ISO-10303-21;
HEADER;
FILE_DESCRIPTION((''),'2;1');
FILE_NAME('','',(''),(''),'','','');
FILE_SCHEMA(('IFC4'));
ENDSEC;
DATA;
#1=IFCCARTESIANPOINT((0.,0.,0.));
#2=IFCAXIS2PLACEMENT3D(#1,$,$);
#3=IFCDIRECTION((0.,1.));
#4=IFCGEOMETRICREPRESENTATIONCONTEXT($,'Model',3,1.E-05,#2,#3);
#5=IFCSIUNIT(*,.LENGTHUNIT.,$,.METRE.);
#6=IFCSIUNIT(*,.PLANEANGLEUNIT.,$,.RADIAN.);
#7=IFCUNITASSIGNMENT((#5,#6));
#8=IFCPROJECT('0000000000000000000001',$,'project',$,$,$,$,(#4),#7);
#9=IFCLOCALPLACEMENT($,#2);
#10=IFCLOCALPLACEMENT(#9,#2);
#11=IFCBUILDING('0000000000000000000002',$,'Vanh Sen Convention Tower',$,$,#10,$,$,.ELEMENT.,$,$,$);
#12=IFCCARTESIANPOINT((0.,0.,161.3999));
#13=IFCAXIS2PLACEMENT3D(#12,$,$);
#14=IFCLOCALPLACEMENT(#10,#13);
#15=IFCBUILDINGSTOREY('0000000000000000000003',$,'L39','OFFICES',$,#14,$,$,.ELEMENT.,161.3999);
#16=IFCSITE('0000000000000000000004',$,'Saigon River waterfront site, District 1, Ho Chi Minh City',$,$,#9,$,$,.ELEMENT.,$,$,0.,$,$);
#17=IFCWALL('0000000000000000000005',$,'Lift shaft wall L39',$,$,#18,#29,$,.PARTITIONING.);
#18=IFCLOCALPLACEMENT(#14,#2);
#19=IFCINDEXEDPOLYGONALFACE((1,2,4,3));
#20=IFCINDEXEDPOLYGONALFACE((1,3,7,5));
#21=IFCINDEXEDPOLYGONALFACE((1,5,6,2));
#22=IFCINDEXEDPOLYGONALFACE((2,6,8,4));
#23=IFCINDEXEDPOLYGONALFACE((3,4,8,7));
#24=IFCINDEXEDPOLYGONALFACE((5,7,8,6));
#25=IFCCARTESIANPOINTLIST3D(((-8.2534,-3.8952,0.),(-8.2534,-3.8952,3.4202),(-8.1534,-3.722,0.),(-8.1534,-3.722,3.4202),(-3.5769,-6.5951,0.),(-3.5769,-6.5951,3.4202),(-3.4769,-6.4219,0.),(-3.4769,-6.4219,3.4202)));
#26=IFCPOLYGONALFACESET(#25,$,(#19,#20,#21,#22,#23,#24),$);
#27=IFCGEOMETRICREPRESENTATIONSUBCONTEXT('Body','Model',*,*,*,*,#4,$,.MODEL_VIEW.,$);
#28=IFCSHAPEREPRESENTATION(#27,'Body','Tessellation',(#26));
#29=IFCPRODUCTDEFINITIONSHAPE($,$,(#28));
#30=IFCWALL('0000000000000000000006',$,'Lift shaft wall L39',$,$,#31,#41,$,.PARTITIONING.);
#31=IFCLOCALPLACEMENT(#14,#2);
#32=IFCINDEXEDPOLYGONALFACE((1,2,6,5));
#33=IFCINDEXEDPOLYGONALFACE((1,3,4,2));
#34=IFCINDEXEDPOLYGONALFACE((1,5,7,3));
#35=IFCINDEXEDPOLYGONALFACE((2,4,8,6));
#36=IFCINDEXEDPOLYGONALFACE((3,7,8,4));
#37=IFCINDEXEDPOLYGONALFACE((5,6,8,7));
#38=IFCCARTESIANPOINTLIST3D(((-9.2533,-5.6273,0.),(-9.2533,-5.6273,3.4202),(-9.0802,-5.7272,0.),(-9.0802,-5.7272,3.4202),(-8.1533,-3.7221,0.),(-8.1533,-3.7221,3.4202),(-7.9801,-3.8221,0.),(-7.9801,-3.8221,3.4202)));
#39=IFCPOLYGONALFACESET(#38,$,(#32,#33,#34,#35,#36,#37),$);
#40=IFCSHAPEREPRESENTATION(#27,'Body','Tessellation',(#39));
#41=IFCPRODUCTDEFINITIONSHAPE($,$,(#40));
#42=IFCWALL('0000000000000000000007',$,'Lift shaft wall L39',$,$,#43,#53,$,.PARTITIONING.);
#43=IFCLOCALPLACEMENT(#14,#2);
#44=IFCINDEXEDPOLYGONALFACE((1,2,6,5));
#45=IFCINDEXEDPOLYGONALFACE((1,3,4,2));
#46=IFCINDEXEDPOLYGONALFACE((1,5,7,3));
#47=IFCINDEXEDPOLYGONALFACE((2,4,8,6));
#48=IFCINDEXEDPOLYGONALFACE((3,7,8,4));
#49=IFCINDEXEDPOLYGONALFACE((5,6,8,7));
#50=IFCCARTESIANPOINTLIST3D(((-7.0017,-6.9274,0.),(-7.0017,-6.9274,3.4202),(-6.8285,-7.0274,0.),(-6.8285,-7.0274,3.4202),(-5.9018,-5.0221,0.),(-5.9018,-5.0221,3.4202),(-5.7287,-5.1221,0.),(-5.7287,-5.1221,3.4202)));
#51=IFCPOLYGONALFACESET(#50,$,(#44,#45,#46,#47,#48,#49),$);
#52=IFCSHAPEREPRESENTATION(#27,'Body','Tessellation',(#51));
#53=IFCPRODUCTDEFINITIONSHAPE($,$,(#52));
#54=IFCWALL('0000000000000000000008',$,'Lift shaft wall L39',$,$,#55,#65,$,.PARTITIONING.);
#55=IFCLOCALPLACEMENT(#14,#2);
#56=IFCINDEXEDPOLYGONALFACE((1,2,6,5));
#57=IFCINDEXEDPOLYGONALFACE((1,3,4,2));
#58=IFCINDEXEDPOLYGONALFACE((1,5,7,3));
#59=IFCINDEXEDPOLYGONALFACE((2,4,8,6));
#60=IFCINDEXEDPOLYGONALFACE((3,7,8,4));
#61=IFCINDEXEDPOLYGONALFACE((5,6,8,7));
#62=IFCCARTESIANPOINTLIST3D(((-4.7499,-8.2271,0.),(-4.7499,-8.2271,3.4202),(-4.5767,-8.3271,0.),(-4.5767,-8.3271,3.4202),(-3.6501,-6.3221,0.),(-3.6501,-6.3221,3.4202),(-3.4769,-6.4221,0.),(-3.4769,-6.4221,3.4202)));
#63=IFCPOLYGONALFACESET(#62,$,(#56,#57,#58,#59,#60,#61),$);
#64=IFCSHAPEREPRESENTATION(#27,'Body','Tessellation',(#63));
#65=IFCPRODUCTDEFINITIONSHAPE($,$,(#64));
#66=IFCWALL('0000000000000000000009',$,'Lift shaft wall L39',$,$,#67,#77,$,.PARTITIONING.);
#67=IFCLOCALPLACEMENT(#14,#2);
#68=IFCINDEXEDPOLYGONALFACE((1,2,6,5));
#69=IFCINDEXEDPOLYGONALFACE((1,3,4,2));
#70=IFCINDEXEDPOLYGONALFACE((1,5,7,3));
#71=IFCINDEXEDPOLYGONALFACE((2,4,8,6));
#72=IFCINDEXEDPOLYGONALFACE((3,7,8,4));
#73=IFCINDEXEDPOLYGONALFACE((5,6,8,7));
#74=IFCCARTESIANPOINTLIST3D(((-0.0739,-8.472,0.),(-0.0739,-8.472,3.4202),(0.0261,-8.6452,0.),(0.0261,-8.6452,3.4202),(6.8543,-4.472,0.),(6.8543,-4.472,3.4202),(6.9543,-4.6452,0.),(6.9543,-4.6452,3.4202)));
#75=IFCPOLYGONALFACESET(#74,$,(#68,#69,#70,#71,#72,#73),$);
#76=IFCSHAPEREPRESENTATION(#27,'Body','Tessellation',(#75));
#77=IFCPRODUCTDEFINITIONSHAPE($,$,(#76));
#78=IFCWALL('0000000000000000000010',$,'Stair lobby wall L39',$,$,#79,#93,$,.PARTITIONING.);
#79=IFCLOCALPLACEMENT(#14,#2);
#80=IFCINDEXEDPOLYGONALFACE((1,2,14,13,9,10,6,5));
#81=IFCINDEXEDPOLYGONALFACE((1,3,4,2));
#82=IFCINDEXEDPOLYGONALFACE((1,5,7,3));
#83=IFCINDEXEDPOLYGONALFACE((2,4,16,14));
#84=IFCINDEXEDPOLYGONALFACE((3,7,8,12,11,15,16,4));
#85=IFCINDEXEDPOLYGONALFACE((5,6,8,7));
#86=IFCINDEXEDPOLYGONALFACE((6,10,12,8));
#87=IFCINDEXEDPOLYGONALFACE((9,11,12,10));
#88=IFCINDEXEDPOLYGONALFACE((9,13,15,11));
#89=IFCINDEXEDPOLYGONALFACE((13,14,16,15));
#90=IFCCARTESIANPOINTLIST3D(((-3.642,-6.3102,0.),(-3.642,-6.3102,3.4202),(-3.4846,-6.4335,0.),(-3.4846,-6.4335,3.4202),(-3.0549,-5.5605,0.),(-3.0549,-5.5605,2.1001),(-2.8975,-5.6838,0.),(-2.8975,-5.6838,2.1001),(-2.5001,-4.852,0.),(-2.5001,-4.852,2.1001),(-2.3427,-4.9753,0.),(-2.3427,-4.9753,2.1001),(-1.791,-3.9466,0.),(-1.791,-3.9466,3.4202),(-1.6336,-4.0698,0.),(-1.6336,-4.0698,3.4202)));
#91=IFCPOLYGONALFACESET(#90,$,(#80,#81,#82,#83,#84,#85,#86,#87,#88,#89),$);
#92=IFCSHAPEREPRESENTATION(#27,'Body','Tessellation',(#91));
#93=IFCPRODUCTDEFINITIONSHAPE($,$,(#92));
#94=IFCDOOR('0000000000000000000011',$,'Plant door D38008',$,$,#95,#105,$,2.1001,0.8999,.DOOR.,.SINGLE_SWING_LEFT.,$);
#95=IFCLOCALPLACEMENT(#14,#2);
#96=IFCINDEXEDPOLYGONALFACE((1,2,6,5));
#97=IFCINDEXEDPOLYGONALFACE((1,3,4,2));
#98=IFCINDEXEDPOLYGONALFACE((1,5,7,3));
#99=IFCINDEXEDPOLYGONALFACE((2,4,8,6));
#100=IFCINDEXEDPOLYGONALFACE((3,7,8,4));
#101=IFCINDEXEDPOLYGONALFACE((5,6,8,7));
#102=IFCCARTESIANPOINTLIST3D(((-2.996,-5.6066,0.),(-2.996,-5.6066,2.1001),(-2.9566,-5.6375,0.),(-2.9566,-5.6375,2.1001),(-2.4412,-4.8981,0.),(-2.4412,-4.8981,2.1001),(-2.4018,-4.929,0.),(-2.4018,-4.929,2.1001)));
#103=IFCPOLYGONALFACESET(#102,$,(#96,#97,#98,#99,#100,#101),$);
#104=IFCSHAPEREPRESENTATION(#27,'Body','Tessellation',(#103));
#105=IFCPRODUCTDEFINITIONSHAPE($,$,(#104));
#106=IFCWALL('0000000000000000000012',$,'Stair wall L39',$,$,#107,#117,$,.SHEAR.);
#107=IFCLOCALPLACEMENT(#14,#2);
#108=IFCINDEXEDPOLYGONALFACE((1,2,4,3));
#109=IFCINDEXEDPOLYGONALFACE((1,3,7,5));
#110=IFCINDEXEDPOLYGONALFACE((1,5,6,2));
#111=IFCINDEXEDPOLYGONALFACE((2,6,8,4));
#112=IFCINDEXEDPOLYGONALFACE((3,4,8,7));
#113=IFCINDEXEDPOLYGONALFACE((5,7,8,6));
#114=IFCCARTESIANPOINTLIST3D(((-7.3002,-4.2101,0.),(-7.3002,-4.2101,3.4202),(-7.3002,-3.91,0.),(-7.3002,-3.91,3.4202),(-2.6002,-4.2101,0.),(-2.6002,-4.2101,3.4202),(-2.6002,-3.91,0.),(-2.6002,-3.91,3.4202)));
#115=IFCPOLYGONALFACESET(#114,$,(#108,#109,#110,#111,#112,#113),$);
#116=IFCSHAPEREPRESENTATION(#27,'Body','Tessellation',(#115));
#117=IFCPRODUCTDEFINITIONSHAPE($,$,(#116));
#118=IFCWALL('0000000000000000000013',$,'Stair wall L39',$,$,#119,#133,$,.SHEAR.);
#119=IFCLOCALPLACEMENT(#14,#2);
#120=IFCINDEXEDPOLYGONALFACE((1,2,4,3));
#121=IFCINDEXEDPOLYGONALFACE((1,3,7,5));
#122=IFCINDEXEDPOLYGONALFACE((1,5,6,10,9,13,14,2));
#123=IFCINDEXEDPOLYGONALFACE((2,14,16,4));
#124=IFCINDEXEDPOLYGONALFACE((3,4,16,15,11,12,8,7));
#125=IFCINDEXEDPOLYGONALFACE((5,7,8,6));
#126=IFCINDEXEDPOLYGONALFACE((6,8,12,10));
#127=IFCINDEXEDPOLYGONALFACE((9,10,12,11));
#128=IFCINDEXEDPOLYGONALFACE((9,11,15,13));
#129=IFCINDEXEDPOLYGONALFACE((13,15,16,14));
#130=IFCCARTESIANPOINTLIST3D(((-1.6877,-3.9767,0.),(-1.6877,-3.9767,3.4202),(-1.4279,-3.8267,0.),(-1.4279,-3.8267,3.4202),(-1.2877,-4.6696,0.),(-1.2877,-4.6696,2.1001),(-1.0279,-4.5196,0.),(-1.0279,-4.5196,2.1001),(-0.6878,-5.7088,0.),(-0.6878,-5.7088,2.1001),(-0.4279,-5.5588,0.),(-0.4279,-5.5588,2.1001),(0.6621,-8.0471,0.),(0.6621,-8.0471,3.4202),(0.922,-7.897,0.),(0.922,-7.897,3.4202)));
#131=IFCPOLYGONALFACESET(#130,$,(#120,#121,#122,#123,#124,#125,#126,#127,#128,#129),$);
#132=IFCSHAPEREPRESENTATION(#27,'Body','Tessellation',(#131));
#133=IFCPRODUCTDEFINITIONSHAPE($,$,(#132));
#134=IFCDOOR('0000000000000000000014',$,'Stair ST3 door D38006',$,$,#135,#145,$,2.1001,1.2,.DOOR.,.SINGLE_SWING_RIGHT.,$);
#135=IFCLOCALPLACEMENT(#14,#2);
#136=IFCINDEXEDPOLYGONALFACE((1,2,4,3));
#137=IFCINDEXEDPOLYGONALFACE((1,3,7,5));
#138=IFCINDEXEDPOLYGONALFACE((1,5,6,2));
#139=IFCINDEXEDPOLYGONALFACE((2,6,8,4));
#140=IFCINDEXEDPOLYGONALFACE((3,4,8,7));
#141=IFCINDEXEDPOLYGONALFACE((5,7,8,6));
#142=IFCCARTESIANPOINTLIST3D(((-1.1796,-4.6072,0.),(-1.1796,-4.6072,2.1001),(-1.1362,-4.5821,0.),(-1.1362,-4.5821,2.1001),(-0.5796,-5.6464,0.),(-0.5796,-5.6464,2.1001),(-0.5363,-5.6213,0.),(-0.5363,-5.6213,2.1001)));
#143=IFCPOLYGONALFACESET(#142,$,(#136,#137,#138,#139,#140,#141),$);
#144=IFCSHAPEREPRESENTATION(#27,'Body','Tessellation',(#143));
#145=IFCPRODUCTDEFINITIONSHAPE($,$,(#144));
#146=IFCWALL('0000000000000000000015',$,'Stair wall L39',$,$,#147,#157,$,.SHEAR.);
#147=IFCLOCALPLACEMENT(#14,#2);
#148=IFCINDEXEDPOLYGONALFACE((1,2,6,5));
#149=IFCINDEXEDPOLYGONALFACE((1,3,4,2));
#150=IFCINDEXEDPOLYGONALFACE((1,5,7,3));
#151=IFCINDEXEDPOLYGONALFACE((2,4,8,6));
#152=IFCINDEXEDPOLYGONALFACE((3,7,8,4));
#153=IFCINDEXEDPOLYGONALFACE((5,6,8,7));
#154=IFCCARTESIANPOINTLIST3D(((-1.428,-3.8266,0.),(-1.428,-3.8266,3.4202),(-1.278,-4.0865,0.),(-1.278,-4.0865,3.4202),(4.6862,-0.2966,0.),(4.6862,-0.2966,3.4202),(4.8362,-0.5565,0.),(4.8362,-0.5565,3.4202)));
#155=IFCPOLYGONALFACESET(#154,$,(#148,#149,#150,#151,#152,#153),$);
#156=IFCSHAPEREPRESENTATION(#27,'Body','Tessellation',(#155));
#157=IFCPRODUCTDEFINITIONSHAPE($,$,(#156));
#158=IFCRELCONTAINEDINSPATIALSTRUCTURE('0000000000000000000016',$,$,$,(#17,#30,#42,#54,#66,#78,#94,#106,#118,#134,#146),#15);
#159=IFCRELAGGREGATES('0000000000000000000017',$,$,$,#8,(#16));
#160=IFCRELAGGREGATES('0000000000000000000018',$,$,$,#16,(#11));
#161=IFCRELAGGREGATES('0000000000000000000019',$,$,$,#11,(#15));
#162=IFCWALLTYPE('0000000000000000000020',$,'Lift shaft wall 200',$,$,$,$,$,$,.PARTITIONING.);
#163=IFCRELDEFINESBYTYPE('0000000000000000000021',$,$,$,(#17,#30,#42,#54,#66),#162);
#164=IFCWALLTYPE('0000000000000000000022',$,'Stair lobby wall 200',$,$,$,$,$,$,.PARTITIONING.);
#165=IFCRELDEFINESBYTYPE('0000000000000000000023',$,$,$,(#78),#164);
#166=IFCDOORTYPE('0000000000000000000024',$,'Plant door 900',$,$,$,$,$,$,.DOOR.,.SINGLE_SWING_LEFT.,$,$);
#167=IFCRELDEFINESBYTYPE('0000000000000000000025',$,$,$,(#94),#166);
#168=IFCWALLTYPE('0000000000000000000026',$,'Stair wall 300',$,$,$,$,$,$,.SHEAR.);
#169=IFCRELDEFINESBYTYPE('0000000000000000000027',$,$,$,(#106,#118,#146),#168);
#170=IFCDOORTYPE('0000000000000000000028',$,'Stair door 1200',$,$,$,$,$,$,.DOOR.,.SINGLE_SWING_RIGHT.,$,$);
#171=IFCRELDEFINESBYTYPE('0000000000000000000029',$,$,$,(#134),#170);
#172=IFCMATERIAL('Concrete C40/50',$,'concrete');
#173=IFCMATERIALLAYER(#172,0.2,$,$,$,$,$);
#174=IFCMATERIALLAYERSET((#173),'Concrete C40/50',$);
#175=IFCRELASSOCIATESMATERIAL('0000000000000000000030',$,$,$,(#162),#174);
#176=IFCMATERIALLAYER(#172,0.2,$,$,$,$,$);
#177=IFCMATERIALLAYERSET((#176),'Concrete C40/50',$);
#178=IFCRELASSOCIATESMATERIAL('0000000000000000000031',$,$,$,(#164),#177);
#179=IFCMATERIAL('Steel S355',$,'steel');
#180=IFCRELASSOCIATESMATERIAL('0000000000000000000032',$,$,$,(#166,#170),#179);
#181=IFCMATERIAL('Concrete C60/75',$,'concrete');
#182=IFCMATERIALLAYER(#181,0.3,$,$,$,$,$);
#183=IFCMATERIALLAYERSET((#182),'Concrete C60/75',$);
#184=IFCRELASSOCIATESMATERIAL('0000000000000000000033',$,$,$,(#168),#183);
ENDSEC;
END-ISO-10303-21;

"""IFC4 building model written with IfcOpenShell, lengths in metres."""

from ifc_helpers import new_model, si_unit, direction, frame, frame_2d, origin, place, context, subcontext, project, spatial, rectangle, extrude, material, layer, layer_set, type_object, element, fill, save


model = new_model("IFC4")

# Units and contexts
model_context = context("Model", 3, precision=1e-05, world=origin(), true_north=direction((0.0, 1.0)))
body_context = subcontext(model_context, "Body", "Model", "MODEL_VIEW")
ifc_project = project(units=[si_unit("LENGTHUNIT", "METRE"), si_unit("PLANEANGLEUNIT", "RADIAN")], contexts=[model_context])

# Site, building, storey
site_placement = place(None, origin())
site = spatial("IfcSite", under=ifc_project, at=site_placement, Name="Saigon River waterfront site, District 1, Ho Chi Minh City", CompositionType="ELEMENT", RefElevation=0.0)
building_placement = place(site_placement, origin())
building = spatial("IfcBuilding", under=site, at=building_placement, Name="Vanh Sen Convention Tower", CompositionType="ELEMENT")
storey_placement = place(building_placement, frame((0.0, 0.0, 161.3999)))
storey = spatial("IfcBuildingStorey", under=building, at=storey_placement, Name="L39", Description="OFFICES", CompositionType="ELEMENT", Elevation=161.3999)

# Shared definitions
ifc_material_1 = material(Name="Steel S355", Category="steel")

# Walls
ifc_material_2 = material(Name="Concrete C40/50", Category="concrete")
ifc_layer_1 = layer(ifc_material_2, 0.2)
ifc_layer_set_1 = layer_set([ifc_layer_1], Name="Concrete C40/50")
wall_type_1 = type_object("IfcWallType", Name="Lift shaft wall 200", PredefinedType="PARTITIONING", material=ifc_layer_set_1)
wall_1_placement = place(storey_placement, frame((-8.2034, -3.8086, 0.0), z_axis=(0.0, 0.0, 1.0), x_axis=(0.866028, -0.499995, 0.0)))
element("IfcWall", 1, at=wall_1_placement, inside=storey, type_object=wall_type_1, Name="Lift shaft wall L39", PredefinedType="PARTITIONING", context=body_context, shape_type="SweptSolid", body=[
    extrude(rectangle(XDim=5.3999, YDim=0.2, at=frame_2d((2.7, 0.0))), origin(), (0.0, 0.0, 1.0), 3.4202),
])
for number, where, z_axis, x_axis, name in (
    (2, (-8.0667, -3.772, 0.0), (0.0, 0.0, 1.0), (-0.50003, -0.866008, 0.0), "Lift shaft wall L39"),
    (3, (-5.8152, -5.072, 0.0), (0.0, 0.0, 1.0), (-0.499947, -0.866056, 0.0), "Lift shaft wall L39"),
):
    element("IfcWall", number, at=place(storey_placement, frame(where, z_axis=z_axis, x_axis=x_axis)), inside=storey, type_object=wall_type_1, Name=name, PredefinedType="PARTITIONING", context=body_context, shape_type="SweptSolid", body=[
        extrude(rectangle(XDim=2.2, YDim=0.2, at=frame_2d((1.1001, 0.0))), origin(), (0.0, 0.0, 1.0), 3.4202),
    ])
wall_2_placement = place(storey_placement, frame((-3.5635, -6.3721, 0.0), z_axis=(0.0, 0.0, 1.0), x_axis=(-0.499995, -0.866028, 0.0)))
element("IfcWall", 4, at=wall_2_placement, inside=storey, type_object=wall_type_1, Name="Lift shaft wall L39", PredefinedType="PARTITIONING", context=body_context, shape_type="SweptSolid", body=[
    extrude(rectangle(XDim=2.1997, YDim=0.2, at=frame_2d((1.0999, 0.0))), origin(), (0.0, 0.0, 1.0), 3.4202),
])
wall_3_placement = place(storey_placement, frame((-0.0239, -8.5586, 0.0), z_axis=(0.0, 0.0, 1.0), x_axis=(0.866026, 0.499999, 0.0)))
element("IfcWall", 5, at=wall_3_placement, inside=storey, type_object=wall_type_1, Name="Lift shaft wall L39", PredefinedType="PARTITIONING", context=body_context, shape_type="SweptSolid", body=[
    extrude(rectangle(XDim=8.0, YDim=0.2, at=frame_2d((4.0, 0.0))), origin(), (0.0, 0.0, 1.0), 3.4202),
])

# Wall, opening, door
ifc_layer_2 = layer(ifc_material_2, 0.2)
ifc_layer_set_2 = layer_set([ifc_layer_2], Name="Concrete C40/50")
wall_type_2 = type_object("IfcWallType", Name="Stair lobby wall 200", PredefinedType="PARTITIONING", material=ifc_layer_set_2)
wall_4_placement = place(storey_placement, frame((-1.7124, -4.0083, 0.0), z_axis=(0.0, 0.0, 1.0), x_axis=(-0.616549, -0.787316, 0.0)))
wall_4 = element("IfcWall", 6, at=wall_4_placement, inside=storey, type_object=wall_type_2, Name="Stair lobby wall L39", PredefinedType="PARTITIONING", context=body_context, shape_type="SweptSolid", body=[
    extrude(rectangle(XDim=3.0022, YDim=0.2, at=frame_2d((1.501, 0.0))), origin(), (0.0, 0.0, 1.0), 3.4202),
])
opening_1_placement = place(wall_4_placement, frame((1.1499, 0.0, 0.0)))
opening_1 = element("IfcOpeningElement", 7, at=opening_1_placement, cuts=wall_4, PredefinedType="OPENING", context=body_context, shape_type="SweptSolid", body=[
    extrude(rectangle(XDim=0.8999, YDim=2.1001, at=frame_2d((0.45, 1.05))), frame((0.0, 0.1099, 0.0), z_axis=(0.0, -1.0, 0.0), x_axis=(1.0, 0.0, 0.0)), (0.0, 0.0, 1.0), 0.22),
])
door_type_1 = type_object("IfcDoorType", Name="Plant door 900", OperationType="SINGLE_SWING_LEFT", PredefinedType="DOOR", material=ifc_material_1)
door_1_placement = place(opening_1_placement, origin())
door_1 = element("IfcDoor", 8, at=door_1_placement, inside=storey, type_object=door_type_1, Name="Plant door D38008", OperationType="SINGLE_SWING_LEFT", OverallHeight=2.1001, OverallWidth=0.8999, PredefinedType="DOOR", context=body_context, shape_type="SweptSolid", body=[
    extrude(rectangle(XDim=0.8999, YDim=2.1001, at=frame_2d((0.45, 1.05))), frame((0.0, 0.0249, 0.0), z_axis=(0.0, -1.0, 0.0), x_axis=(1.0, 0.0, 0.0)), (0.0, 0.0, 1.0), 0.05),
])
fill(opening_1, door_1)

# Wall
ifc_material_3 = material(Name="Concrete C60/75", Category="concrete")
ifc_layer_3 = layer(ifc_material_3, 0.3)
ifc_layer_set_3 = layer_set([ifc_layer_3], Name="Concrete C60/75")
wall_type_3 = type_object("IfcWallType", Name="Stair wall 300", PredefinedType="SHEAR", material=ifc_layer_set_3)
wall_5_placement = place(storey_placement, frame((-2.6001, -4.0601, 0.0), z_axis=(0.0, 0.0, 1.0), x_axis=(-1.0, 0.0, 0.0)))
element("IfcWall", 9, at=wall_5_placement, inside=storey, type_object=wall_type_3, Name="Stair wall L39", PredefinedType="SHEAR", context=body_context, shape_type="SweptSolid", body=[
    extrude(rectangle(XDim=4.7, YDim=0.3, at=frame_2d((2.3501, 0.0))), origin(), (0.0, 0.0, 1.0), 3.4202),
])

# Wall, opening, door
wall_6_placement = place(storey_placement, frame((-1.5579, -3.9016, 0.0), z_axis=(0.0, 0.0, 1.0), x_axis=(0.499977, -0.866039, 0.0)))
wall_6 = element("IfcWall", 10, at=wall_6_placement, inside=storey, type_object=wall_type_3, Name="Stair wall L39", PredefinedType="SHEAR", context=body_context, shape_type="SweptSolid", body=[
    extrude(rectangle(XDim=4.7, YDim=0.3, at=frame_2d((2.3501, 0.0))), origin(), (0.0, 0.0, 1.0), 3.4202),
])
opening_2_placement = place(wall_6_placement, frame((0.8, 0.0, 0.0)))
opening_2 = element("IfcOpeningElement", 11, at=opening_2_placement, cuts=wall_6, PredefinedType="OPENING", context=body_context, shape_type="SweptSolid", body=[
    extrude(rectangle(XDim=1.2, YDim=2.1001, at=frame_2d((0.6001, 1.05))), frame((0.0, 0.1599, 0.0), z_axis=(0.0, -1.0, 0.0), x_axis=(1.0, 0.0, 0.0)), (0.0, 0.0, 1.0), 0.3201),
])
door_type_2 = type_object("IfcDoorType", Name="Stair door 1200", OperationType="SINGLE_SWING_RIGHT", PredefinedType="DOOR", material=ifc_material_1)
door_2_placement = place(opening_2_placement, origin())
door_2 = element("IfcDoor", 12, at=door_2_placement, inside=storey, type_object=door_type_2, Name="Stair ST3 door D38006", OperationType="SINGLE_SWING_RIGHT", OverallHeight=2.1001, OverallWidth=1.2, PredefinedType="DOOR", context=body_context, shape_type="SweptSolid", body=[
    extrude(rectangle(XDim=1.2, YDim=2.1001, at=frame_2d((0.6001, 1.05))), frame((0.0, 0.0249, 0.0), z_axis=(0.0, -1.0, 0.0), x_axis=(1.0, 0.0, 0.0)), (0.0, 0.0, 1.0), 0.05),
])
fill(opening_2, door_2)

# Wall
wall_7_placement = place(storey_placement, frame((-1.353, -3.9565, 0.0), z_axis=(0.0, 0.0, 1.0), x_axis=(0.866028, 0.499996, 0.0)))
element("IfcWall", 13, at=wall_7_placement, inside=storey, type_object=wall_type_3, Name="Stair wall L39", PredefinedType="SHEAR", context=body_context, shape_type="SweptSolid", body=[
    extrude(rectangle(XDim=7.0601, YDim=0.3, at=frame_2d((3.53, 0.0))), origin(), (0.0, 0.0, 1.0), 3.4202),
])

save(model, "model.ifc")
